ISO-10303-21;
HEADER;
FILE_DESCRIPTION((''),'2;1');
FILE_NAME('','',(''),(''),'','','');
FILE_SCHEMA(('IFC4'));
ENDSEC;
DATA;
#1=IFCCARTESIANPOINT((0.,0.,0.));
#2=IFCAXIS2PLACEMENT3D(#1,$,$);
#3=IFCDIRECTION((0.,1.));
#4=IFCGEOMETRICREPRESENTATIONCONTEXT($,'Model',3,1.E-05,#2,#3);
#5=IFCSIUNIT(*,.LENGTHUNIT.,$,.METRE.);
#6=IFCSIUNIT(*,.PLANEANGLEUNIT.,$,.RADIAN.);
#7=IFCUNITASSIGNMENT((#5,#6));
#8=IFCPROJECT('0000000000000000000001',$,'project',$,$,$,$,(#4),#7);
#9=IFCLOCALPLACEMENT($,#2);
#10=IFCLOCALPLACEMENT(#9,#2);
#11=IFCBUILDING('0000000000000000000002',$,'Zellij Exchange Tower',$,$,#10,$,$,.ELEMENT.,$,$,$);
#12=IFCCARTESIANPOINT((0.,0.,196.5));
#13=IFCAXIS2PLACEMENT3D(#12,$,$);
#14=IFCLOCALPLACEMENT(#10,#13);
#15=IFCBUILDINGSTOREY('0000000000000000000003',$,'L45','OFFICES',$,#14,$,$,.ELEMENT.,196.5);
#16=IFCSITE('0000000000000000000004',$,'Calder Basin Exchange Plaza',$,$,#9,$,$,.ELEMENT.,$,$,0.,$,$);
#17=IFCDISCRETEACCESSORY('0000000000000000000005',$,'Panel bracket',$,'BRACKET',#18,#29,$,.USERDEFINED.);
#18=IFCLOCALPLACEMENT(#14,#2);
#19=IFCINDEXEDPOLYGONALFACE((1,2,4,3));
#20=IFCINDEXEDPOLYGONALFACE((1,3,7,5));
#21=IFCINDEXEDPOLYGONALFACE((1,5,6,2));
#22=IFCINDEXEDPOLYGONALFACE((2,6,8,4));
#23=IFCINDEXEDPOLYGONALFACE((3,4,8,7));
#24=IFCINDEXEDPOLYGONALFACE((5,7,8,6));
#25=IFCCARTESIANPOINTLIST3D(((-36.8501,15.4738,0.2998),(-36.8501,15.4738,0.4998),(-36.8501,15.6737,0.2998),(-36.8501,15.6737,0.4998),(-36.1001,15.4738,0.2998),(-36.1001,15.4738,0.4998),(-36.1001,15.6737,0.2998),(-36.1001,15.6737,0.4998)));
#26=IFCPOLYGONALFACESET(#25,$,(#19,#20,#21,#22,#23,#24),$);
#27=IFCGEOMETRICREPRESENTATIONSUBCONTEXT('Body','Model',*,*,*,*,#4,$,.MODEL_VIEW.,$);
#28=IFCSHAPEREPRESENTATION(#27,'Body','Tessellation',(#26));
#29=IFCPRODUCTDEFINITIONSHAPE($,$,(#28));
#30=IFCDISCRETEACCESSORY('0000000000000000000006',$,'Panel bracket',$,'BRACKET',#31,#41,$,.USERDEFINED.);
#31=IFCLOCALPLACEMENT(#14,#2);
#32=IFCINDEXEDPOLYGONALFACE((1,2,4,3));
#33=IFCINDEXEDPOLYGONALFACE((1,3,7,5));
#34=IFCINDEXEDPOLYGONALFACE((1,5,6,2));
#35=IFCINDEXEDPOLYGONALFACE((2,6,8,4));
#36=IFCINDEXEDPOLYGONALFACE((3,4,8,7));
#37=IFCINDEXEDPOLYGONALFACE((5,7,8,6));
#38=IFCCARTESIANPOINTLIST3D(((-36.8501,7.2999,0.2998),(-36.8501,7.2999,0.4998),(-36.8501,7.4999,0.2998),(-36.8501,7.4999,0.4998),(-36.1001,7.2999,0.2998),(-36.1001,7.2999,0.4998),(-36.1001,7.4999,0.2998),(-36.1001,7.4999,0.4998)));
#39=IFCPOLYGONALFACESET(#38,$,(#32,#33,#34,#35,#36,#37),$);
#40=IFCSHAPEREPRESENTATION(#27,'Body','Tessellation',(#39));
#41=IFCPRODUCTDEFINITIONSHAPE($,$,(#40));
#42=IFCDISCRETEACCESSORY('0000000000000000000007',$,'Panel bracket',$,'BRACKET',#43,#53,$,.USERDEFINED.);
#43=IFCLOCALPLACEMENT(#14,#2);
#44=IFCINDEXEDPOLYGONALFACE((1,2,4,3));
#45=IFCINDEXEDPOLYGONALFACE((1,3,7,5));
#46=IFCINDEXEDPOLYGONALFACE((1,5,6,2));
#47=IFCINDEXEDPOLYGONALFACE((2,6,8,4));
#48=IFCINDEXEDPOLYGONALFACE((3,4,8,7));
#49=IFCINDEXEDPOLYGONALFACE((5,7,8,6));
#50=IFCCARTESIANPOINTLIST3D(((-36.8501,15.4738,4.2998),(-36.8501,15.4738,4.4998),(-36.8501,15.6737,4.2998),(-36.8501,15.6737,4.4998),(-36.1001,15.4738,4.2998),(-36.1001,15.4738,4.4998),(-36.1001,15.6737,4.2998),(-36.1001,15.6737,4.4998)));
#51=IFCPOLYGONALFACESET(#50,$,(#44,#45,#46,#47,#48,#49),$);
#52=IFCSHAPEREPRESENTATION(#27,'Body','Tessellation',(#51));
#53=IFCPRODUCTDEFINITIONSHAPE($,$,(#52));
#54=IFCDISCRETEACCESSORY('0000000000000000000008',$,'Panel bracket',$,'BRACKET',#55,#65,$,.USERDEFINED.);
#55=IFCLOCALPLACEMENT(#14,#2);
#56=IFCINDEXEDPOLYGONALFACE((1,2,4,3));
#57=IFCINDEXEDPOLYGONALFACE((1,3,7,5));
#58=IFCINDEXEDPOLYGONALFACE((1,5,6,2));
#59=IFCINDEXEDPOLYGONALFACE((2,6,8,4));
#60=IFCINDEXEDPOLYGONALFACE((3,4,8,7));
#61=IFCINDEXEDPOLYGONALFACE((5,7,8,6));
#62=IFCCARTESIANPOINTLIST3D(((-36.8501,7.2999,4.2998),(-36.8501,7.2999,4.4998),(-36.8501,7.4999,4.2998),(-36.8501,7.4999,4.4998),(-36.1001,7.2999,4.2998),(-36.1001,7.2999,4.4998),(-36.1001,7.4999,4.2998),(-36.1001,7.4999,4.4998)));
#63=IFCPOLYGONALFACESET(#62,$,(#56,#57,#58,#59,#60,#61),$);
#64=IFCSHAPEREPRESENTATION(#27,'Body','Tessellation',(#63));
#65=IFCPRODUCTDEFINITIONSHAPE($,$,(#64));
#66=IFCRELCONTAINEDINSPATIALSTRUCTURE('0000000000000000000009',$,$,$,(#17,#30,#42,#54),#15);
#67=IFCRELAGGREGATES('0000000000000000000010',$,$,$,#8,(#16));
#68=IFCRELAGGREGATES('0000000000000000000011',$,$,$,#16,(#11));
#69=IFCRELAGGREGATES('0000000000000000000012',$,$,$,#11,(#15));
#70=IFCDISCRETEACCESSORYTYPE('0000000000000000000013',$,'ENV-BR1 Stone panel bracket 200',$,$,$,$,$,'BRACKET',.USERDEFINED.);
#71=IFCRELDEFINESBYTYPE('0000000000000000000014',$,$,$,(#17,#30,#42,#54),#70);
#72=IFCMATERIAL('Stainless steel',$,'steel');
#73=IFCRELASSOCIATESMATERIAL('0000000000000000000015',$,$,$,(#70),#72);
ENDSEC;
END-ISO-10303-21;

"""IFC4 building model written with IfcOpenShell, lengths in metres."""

from ifc_helpers import new_model, si_unit, direction, frame, origin, origin_2d, place, context, subcontext, project, spatial, rectangle, extrude, material, type_object, element, save


model = new_model("IFC4")

# Units and contexts
model_context = context("Model", 3, precision=1e-05, world=origin(), true_north=direction((0.0, 1.0)))
body_context = subcontext(model_context, "Body", "Model", "MODEL_VIEW")
ifc_project = project(units=[si_unit("LENGTHUNIT", "METRE"), si_unit("PLANEANGLEUNIT", "RADIAN")], contexts=[model_context])

# Site, building, storey
site_placement = place(None, origin())
site = spatial("IfcSite", under=ifc_project, at=site_placement, Name="Calder Basin Exchange Plaza", CompositionType="ELEMENT", RefElevation=0.0)
building_placement = place(site_placement, origin())
building = spatial("IfcBuilding", under=site, at=building_placement, Name="Zellij Exchange Tower", CompositionType="ELEMENT")
storey_placement = place(building_placement, frame((0.0, 0.0, 196.5)))
storey = spatial("IfcBuildingStorey", under=building, at=storey_placement, Name="L45", Description="OFFICES", CompositionType="ELEMENT", Elevation=196.5)

# Discrete accessories
ifc_material_1 = material(Name="Stainless steel", Category="steel")
discrete_accessory_type = type_object("IfcDiscreteAccessoryType", Name="ENV-BR1 Stone panel bracket 200", ElementType="BRACKET", PredefinedType="USERDEFINED", material=ifc_material_1)
for number, where, z_axis, x_axis, name in (
    (1, (-36.4751, 15.5737, 0.2998), (0.0, 0.0, 1.0), (0.0, -1.0, 0.0), "Panel bracket"),
    (2, (-36.4751, 7.3999, 0.2998), (0.0, 0.0, 1.0), (0.0, -1.0, 0.0), "Panel bracket"),
    (3, (-36.4751, 15.5737, 4.2998), (0.0, 0.0, 1.0), (0.0, -1.0, 0.0), "Panel bracket"),
    (4, (-36.4751, 7.3999, 4.2998), (0.0, 0.0, 1.0), (0.0, -1.0, 0.0), "Panel bracket"),
):
    element("IfcDiscreteAccessory", number, at=place(storey_placement, frame(where, z_axis=z_axis, x_axis=x_axis)), inside=storey, type_object=discrete_accessory_type, Name=name, ObjectType="BRACKET", PredefinedType="USERDEFINED", context=body_context, shape_type="SweptSolid", body=[
        extrude(rectangle(XDim=0.2, YDim=0.75, at=origin_2d()), origin(), (0.0, 0.0, 1.0), 0.2),
    ])

save(model, "model.ifc")
